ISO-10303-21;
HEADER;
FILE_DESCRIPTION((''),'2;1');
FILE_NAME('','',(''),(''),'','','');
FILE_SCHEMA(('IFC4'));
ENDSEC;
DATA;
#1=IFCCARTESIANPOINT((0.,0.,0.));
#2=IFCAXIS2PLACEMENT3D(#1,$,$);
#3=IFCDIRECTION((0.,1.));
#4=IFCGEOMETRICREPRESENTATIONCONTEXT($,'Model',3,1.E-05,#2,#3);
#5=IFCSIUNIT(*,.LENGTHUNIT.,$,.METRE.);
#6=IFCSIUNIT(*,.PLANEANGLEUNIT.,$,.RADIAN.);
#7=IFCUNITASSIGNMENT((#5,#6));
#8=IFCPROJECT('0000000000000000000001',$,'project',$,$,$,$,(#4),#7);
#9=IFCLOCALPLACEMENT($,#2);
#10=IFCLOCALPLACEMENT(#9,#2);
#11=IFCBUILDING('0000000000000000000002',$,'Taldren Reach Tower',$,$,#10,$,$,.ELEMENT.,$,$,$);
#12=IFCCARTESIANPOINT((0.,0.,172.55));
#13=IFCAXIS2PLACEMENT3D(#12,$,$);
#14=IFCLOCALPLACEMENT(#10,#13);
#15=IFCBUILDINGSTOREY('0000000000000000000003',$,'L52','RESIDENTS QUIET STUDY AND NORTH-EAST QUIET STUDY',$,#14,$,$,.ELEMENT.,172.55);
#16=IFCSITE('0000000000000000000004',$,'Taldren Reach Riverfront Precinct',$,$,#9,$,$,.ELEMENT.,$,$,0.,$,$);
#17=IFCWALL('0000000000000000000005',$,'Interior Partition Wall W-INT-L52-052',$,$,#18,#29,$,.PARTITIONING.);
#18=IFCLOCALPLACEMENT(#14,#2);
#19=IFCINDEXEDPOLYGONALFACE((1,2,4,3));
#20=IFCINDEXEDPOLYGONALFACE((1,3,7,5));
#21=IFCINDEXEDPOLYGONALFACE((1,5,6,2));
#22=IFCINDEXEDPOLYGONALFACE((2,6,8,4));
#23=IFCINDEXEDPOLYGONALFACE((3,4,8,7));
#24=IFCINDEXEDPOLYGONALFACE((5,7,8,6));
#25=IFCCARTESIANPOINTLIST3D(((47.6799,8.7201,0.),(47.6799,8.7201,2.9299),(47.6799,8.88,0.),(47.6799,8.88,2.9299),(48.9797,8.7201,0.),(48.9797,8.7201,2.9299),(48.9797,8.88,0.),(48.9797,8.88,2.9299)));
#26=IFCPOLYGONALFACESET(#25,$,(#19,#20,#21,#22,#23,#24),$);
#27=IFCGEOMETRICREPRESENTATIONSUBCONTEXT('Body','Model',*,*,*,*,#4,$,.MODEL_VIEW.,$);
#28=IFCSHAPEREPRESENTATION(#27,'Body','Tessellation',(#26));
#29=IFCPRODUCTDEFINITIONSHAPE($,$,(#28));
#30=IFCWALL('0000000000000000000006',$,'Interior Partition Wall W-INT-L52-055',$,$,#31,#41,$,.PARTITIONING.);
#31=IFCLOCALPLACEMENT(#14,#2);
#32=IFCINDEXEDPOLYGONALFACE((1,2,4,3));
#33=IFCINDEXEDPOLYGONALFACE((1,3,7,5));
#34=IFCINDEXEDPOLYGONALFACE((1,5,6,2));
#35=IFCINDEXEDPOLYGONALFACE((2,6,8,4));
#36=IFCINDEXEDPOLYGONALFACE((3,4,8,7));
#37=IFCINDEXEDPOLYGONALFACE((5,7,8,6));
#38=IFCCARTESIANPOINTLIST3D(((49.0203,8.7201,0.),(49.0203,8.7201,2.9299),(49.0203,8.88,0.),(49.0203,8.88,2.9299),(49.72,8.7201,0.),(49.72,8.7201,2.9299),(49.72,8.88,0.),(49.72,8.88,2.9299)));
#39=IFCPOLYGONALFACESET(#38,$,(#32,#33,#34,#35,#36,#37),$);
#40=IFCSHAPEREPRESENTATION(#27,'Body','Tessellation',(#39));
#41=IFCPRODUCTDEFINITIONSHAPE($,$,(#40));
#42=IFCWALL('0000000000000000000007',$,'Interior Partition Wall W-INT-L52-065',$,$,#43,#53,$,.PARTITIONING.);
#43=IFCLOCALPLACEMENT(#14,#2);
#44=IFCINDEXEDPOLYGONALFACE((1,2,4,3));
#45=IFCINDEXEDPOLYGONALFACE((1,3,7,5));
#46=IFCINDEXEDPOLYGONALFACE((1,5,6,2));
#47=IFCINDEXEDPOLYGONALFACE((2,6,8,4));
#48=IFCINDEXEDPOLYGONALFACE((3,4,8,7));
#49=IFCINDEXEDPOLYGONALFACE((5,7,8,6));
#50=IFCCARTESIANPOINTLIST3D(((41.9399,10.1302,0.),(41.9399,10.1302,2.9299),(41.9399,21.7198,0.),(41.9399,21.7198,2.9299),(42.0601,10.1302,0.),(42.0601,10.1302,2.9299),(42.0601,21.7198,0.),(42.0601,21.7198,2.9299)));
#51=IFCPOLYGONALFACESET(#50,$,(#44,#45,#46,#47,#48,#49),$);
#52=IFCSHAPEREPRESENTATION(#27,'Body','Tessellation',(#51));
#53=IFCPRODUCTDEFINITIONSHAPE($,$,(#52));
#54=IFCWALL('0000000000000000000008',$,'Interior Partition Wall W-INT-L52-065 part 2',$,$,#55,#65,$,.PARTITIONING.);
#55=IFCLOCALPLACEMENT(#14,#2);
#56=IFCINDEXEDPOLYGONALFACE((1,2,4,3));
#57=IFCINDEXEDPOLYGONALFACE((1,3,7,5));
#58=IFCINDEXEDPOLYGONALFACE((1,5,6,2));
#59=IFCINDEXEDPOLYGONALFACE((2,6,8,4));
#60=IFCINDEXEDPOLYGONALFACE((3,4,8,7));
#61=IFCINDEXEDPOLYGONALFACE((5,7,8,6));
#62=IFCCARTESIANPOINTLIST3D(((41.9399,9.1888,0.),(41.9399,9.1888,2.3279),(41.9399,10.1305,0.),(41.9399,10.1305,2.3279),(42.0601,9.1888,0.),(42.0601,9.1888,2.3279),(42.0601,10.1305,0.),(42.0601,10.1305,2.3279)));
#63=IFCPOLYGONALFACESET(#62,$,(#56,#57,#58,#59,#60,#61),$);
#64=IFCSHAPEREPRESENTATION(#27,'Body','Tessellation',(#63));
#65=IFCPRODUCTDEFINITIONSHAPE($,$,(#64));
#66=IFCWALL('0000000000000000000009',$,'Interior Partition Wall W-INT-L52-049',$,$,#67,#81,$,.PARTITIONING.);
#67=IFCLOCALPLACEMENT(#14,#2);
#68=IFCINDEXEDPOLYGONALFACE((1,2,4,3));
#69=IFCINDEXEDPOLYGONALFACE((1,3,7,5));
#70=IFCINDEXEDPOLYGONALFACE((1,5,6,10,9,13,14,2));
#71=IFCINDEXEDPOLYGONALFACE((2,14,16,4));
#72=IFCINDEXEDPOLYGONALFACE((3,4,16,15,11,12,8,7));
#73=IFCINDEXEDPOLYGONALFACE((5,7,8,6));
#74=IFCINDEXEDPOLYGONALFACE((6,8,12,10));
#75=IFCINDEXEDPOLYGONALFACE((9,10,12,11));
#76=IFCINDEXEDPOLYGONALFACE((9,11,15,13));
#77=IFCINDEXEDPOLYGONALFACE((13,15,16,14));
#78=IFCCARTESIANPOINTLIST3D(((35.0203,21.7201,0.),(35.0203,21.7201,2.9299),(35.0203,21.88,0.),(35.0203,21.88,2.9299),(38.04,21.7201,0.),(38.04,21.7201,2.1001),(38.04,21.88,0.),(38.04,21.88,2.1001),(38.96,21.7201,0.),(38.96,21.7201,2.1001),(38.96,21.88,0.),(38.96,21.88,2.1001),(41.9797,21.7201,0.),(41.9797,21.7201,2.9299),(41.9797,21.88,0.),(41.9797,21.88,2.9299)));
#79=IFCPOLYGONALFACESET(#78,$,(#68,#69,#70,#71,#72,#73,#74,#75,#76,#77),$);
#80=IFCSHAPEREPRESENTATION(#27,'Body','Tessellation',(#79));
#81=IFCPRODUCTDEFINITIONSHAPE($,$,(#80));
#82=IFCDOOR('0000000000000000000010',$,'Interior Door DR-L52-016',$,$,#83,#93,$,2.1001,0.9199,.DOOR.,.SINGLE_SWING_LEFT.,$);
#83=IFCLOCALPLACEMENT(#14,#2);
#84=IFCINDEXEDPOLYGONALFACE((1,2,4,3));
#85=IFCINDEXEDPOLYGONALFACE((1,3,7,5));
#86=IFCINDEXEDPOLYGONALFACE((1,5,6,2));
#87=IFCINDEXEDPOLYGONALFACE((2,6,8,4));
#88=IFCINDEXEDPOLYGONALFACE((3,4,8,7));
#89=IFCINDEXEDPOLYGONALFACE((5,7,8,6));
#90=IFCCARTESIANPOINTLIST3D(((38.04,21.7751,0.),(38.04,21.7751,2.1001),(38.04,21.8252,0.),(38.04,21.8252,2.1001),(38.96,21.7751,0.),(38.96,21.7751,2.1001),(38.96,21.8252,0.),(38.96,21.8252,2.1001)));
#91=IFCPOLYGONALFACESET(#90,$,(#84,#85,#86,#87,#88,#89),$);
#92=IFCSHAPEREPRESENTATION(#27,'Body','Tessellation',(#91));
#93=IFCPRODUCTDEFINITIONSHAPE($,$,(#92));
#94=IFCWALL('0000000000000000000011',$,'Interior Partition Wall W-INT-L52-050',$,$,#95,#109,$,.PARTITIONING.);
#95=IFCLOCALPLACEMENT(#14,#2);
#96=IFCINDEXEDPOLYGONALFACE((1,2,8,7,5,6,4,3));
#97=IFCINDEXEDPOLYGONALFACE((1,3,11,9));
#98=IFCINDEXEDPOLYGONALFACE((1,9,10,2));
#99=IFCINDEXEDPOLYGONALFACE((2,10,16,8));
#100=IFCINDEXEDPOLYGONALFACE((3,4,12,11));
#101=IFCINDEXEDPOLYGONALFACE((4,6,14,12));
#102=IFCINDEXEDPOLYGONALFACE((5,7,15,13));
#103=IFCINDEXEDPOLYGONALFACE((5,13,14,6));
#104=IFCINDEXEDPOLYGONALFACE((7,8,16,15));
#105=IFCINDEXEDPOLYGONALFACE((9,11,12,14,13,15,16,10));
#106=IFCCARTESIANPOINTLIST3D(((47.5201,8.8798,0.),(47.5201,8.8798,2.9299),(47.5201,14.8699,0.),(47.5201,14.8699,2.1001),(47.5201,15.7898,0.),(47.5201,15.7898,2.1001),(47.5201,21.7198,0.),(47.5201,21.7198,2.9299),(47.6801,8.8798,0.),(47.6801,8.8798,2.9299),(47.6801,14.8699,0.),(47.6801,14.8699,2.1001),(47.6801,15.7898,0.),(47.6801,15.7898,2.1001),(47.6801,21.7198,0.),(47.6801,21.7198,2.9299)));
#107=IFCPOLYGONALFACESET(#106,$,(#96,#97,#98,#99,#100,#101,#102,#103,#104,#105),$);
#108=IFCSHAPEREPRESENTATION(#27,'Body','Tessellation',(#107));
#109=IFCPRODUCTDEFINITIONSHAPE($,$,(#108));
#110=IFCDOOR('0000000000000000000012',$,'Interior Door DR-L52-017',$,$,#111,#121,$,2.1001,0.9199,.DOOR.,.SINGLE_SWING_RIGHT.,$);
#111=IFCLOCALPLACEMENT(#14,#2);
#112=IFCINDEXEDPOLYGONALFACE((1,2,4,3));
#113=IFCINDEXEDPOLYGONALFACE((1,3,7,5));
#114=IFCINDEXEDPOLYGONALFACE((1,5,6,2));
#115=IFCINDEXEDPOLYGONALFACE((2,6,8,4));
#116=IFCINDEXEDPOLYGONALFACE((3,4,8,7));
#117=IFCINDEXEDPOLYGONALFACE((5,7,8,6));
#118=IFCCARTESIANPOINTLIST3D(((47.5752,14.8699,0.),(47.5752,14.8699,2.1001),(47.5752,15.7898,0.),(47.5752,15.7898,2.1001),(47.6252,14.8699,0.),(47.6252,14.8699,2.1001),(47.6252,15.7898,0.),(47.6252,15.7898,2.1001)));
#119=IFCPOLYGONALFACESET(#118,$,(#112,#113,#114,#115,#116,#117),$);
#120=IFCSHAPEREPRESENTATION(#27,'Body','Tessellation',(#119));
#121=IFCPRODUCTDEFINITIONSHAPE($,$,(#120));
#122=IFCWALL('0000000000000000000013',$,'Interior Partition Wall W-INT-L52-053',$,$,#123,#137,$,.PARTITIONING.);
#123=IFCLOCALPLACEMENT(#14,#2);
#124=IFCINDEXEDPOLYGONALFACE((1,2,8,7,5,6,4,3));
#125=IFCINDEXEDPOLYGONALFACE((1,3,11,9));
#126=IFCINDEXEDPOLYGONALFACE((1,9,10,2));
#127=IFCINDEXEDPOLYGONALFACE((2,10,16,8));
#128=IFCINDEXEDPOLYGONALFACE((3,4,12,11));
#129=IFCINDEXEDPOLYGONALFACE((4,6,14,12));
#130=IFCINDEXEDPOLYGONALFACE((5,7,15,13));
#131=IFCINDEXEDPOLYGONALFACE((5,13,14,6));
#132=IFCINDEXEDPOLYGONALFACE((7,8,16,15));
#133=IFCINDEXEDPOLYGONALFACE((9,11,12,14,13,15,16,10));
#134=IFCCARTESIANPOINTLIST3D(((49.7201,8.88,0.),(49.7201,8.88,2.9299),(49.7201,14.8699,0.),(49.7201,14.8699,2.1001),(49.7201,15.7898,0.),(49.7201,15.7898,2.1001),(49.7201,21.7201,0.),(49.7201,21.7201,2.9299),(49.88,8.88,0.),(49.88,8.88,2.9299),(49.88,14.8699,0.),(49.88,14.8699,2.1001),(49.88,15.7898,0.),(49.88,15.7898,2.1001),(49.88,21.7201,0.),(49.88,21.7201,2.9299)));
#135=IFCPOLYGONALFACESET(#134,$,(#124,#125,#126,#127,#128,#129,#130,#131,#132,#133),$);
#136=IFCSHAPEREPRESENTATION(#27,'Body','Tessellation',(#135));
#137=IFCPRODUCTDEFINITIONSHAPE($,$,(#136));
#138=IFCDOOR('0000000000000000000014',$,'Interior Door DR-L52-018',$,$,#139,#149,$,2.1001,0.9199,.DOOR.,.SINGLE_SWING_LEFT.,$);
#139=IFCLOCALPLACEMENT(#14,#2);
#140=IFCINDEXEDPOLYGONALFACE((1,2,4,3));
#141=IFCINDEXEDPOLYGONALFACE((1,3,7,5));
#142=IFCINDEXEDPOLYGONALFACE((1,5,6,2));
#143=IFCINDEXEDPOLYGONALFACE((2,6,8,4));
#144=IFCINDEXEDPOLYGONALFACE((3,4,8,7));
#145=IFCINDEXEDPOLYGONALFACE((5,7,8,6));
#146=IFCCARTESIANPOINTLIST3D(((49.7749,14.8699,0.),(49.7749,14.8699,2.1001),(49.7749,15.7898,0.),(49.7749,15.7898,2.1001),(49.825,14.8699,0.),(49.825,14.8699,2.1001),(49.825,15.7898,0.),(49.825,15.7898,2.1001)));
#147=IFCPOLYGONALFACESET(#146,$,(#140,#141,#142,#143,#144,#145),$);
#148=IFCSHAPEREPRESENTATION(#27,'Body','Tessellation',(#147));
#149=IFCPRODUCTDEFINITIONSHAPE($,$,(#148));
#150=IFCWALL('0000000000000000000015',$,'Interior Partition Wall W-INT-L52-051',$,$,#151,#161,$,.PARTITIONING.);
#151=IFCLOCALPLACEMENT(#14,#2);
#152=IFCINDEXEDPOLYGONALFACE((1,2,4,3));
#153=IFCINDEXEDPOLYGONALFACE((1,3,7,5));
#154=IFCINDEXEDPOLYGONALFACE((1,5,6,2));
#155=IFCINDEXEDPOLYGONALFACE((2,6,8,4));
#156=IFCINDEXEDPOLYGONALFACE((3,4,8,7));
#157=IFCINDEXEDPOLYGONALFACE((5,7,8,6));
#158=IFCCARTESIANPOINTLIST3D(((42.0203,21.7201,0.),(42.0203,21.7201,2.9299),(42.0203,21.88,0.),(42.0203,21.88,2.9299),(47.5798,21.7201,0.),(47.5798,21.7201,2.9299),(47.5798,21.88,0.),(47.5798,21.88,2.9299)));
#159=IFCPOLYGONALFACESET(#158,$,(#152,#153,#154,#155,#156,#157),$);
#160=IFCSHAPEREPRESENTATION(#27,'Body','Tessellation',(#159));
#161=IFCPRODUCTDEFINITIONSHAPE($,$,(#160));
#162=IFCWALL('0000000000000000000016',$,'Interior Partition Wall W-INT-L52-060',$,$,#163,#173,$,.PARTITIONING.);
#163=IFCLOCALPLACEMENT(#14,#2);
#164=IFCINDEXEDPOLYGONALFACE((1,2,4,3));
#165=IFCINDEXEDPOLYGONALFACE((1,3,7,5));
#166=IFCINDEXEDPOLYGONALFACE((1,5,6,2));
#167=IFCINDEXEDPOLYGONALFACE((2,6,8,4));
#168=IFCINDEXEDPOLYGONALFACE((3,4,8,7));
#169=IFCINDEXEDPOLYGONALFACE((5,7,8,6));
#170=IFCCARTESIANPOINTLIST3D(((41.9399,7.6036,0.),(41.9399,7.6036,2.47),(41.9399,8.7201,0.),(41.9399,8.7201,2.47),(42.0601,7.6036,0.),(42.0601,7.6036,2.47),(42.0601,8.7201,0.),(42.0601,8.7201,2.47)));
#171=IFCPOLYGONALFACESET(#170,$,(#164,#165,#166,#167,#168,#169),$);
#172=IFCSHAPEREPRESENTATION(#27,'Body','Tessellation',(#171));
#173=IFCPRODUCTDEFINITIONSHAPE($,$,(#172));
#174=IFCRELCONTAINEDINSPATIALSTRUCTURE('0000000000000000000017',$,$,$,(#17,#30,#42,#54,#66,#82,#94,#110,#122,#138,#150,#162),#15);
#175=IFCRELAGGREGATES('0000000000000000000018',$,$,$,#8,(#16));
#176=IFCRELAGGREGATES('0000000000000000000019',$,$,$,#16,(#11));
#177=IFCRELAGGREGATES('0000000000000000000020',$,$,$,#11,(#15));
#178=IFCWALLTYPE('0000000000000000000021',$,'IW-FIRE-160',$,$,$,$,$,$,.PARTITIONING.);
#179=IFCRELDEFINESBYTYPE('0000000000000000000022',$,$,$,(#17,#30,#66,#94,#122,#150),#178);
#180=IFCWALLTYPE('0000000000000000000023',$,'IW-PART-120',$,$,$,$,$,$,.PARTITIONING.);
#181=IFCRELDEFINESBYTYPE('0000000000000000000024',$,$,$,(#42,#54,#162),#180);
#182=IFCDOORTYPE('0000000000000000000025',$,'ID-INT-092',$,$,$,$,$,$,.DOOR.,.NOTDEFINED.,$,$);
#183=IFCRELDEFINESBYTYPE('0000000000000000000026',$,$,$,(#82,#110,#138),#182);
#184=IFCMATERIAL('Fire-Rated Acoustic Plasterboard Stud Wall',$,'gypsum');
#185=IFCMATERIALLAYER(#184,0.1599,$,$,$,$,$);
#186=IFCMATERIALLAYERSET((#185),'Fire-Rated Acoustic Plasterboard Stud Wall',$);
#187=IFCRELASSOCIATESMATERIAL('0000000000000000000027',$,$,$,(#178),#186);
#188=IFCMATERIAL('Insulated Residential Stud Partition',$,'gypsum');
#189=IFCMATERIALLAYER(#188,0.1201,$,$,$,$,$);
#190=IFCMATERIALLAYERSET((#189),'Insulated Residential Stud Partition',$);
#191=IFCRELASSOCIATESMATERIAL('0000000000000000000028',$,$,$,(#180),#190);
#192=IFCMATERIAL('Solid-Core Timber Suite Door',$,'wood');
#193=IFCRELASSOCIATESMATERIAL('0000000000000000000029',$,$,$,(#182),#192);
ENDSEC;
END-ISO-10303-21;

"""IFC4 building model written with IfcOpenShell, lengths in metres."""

from ifc_helpers import new_model, si_unit, direction, frame, frame_2d, origin, place, context, subcontext, project, spatial, rectangle, extrude, source, transform, mapped, material, layer, layer_set, type_object, element, fill, save


model = new_model("IFC4")

# Units and contexts
model_context = context("Model", 3, precision=1e-05, world=origin(), true_north=direction((0.0, 1.0)))
body_context = subcontext(model_context, "Body", "Model", "MODEL_VIEW")
ifc_project = project(units=[si_unit("LENGTHUNIT", "METRE"), si_unit("PLANEANGLEUNIT", "RADIAN")], contexts=[model_context])

# Site, building, storey
site_placement = place(None, origin())
site = spatial("IfcSite", under=ifc_project, at=site_placement, Name="Taldren Reach Riverfront Precinct", CompositionType="ELEMENT", RefElevation=0.0)
building_placement = place(site_placement, origin())
building = spatial("IfcBuilding", under=site, at=building_placement, Name="Taldren Reach Tower", CompositionType="ELEMENT")
storey_placement = place(building_placement, frame((0.0, 0.0, 172.55)))
storey = spatial("IfcBuildingStorey", under=building, at=storey_placement, Name="L52", Description="RESIDENTS QUIET STUDY AND NORTH-EAST QUIET STUDY", CompositionType="ELEMENT", Elevation=172.55)

# Walls
ifc_material_1 = material(Name="Fire-Rated Acoustic Plasterboard Stud Wall", Category="gypsum")
ifc_layer_1 = layer(ifc_material_1, 0.1599)
ifc_layer_set_1 = layer_set([ifc_layer_1], Name="Fire-Rated Acoustic Plasterboard Stud Wall")
wall_type_1 = type_object("IfcWallType", Name="IW-FIRE-160", PredefinedType="PARTITIONING", material=ifc_layer_set_1)
shared_shape_1 = source(origin(), body_context, "Body", "SweptSolid", [
    extrude(rectangle(XDim=1.2998, YDim=0.1599, at=frame_2d((0.6499, 0.0))), origin(), (0.0, 0.0, 1.0), 2.9299),
])
wall_1_placement = place(storey_placement, frame((48.9797, 8.8, 0.0), z_axis=(0.0, 0.0, 1.0), x_axis=(-1.0, 0.0, 0.0)))
element("IfcWall", 1, at=wall_1_placement, inside=storey, type_object=wall_type_1, Name="Interior Partition Wall W-INT-L52-052", PredefinedType="PARTITIONING", context=body_context, shape_type="MappedRepresentation", body=[
    mapped(shared_shape_1, transform((0.0, 0.0, 0.0), scale=1.0)),
])
shared_shape_2 = source(origin(), body_context, "Body", "SweptSolid", [
    extrude(rectangle(XDim=0.6997, YDim=0.1599, at=frame_2d((0.3499, 0.0))), origin(), (0.0, 0.0, 1.0), 2.9299),
])
wall_2_placement = place(storey_placement, frame((49.72, 8.8, 0.0), z_axis=(0.0, 0.0, 1.0), x_axis=(-1.0, 0.0, 0.0)))
element("IfcWall", 2, at=wall_2_placement, inside=storey, type_object=wall_type_1, Name="Interior Partition Wall W-INT-L52-055", PredefinedType="PARTITIONING", context=body_context, shape_type="MappedRepresentation", body=[
    mapped(shared_shape_2, transform((0.0, 0.0, 0.0), scale=1.0)),
])
ifc_material_2 = material(Name="Insulated Residential Stud Partition", Category="gypsum")
ifc_layer_2 = layer(ifc_material_2, 0.1201)
ifc_layer_set_2 = layer_set([ifc_layer_2], Name="Insulated Residential Stud Partition")
wall_type_2 = type_object("IfcWallType", Name="IW-PART-120", PredefinedType="PARTITIONING", material=ifc_layer_set_2)
shared_shape_3 = source(origin(), body_context, "Body", "SweptSolid", [
    extrude(rectangle(XDim=11.5896, YDim=0.1201, at=frame_2d((5.7949, 0.0))), origin(), (0.0, 0.0, 1.0), 2.9299),
])
wall_3_placement = place(storey_placement, frame((42.0, 21.72, 0.0), z_axis=(0.0, 0.0, 1.0), x_axis=(0.0, -1.0, 0.0)))
element("IfcWall", 3, at=wall_3_placement, inside=storey, type_object=wall_type_2, Name="Interior Partition Wall W-INT-L52-065", PredefinedType="PARTITIONING", context=body_context, shape_type="MappedRepresentation", body=[
    mapped(shared_shape_3, transform((0.0, 0.0, 0.0), scale=1.0)),
])
shared_shape_4 = source(origin(), body_context, "Body", "SweptSolid", [
    extrude(rectangle(XDim=0.9417, YDim=0.1201, at=frame_2d((0.4707, 0.0))), origin(), (0.0, 0.0, 1.0), 2.3279),
])
wall_4_placement = place(storey_placement, frame((42.0, 10.1304, 0.0), z_axis=(0.0, 0.0, 1.0), x_axis=(0.0, -1.0, 0.0)))
element("IfcWall", 4, at=wall_4_placement, inside=storey, type_object=wall_type_2, Name="Interior Partition Wall W-INT-L52-065 part 2", PredefinedType="PARTITIONING", context=body_context, shape_type="MappedRepresentation", body=[
    mapped(shared_shape_4, transform((0.0, 0.0, 0.0), scale=1.0)),
])

# Walls, openings, doors
shared_shape_5 = source(origin(), body_context, "Body", "SweptSolid", [
    extrude(rectangle(XDim=6.9595, YDim=0.1599, at=frame_2d((3.4797, 0.0))), origin(), (0.0, 0.0, 1.0), 2.9299),
])
wall_5_placement = place(storey_placement, frame((41.9797, 21.8, 0.0), z_axis=(0.0, 0.0, 1.0), x_axis=(-1.0, 0.0, 0.0)))
wall_5 = element("IfcWall", 5, at=wall_5_placement, inside=storey, type_object=wall_type_1, Name="Interior Partition Wall W-INT-L52-049", PredefinedType="PARTITIONING", context=body_context, shape_type="MappedRepresentation", body=[
    mapped(shared_shape_5, transform((0.0, 0.0, 0.0), scale=1.0)),
])
shared_shape_6 = source(origin(), body_context, "Body", "SweptSolid", [
    extrude(rectangle(XDim=0.9199, YDim=2.1001, at=frame_2d((0.46, 1.05))), frame((0.0, 0.0898, 0.0), z_axis=(0.0, -1.0, 0.0), x_axis=(1.0, 0.0, 0.0)), (0.0, 0.0, 1.0), 0.1799),
])
opening_1_placement = place(wall_5_placement, frame((3.0198, 0.0, 0.0)))
opening_1 = element("IfcOpeningElement", 6, at=opening_1_placement, cuts=wall_5, PredefinedType="OPENING", context=body_context, shape_type="MappedRepresentation", body=[
    mapped(shared_shape_6, transform((0.0, 0.0, 0.0), scale=1.0)),
])
ifc_material_3 = material(Name="Solid-Core Timber Suite Door", Category="wood")
door_type = type_object("IfcDoorType", Name="ID-INT-092", OperationType="NOTDEFINED", PredefinedType="DOOR", material=ifc_material_3)
shared_shape_7 = source(origin(), body_context, "Body", "SweptSolid", [
    extrude(rectangle(XDim=0.9199, YDim=2.1001, at=frame_2d((0.46, 1.05))), frame((0.0, 0.0249, 0.0), z_axis=(0.0, -1.0, 0.0), x_axis=(1.0, 0.0, 0.0)), (0.0, 0.0, 1.0), 0.05),
])
door_1_placement = place(opening_1_placement, origin())
door_1 = element("IfcDoor", 7, at=door_1_placement, inside=storey, type_object=door_type, Name="Interior Door DR-L52-016", OperationType="SINGLE_SWING_LEFT", OverallHeight=2.1001, OverallWidth=0.9199, PredefinedType="DOOR", context=body_context, shape_type="MappedRepresentation", body=[
    mapped(shared_shape_7, transform((0.0, 0.0, 0.0), scale=1.0)),
])
fill(opening_1, door_1)
shared_shape_8 = source(origin(), body_context, "Body", "SweptSolid", [
    extrude(rectangle(XDim=12.8401, YDim=0.1599, at=frame_2d((6.4199, 0.0))), origin(), (0.0, 0.0, 1.0), 2.9299),
])
wall_6_placement = place(storey_placement, frame((47.6001, 8.8799, 0.0), z_axis=(0.0, 0.0, 1.0), x_axis=(0.0, 1.0, 0.0)))
wall_6 = element("IfcWall", 8, at=wall_6_placement, inside=storey, type_object=wall_type_1, Name="Interior Partition Wall W-INT-L52-050", PredefinedType="PARTITIONING", context=body_context, shape_type="MappedRepresentation", body=[
    mapped(shared_shape_8, transform((0.0, 0.0, 0.0), scale=1.0)),
])
opening_2_placement = place(wall_6_placement, frame((5.99, 0.0, 0.0)))
opening_2 = element("IfcOpeningElement", 9, at=opening_2_placement, cuts=wall_6, PredefinedType="OPENING", context=body_context, shape_type="MappedRepresentation", body=[
    mapped(shared_shape_6, transform((0.0, 0.0, 0.0), scale=1.0)),
])
door_2_placement = place(opening_2_placement, origin())
door_2 = element("IfcDoor", 10, at=door_2_placement, inside=storey, type_object=door_type, Name="Interior Door DR-L52-017", OperationType="SINGLE_SWING_RIGHT", OverallHeight=2.1001, OverallWidth=0.9199, PredefinedType="DOOR", context=body_context, shape_type="MappedRepresentation", body=[
    mapped(shared_shape_7, transform((0.0, 0.0, 0.0), scale=1.0)),
])
fill(opening_2, door_2)
wall_7_placement = place(storey_placement, frame((49.8, 21.72, 0.0), z_axis=(0.0, 0.0, 1.0), x_axis=(0.0, -1.0, 0.0)))
wall_7 = element("IfcWall", 11, at=wall_7_placement, inside=storey, type_object=wall_type_1, Name="Interior Partition Wall W-INT-L52-053", PredefinedType="PARTITIONING", context=body_context, shape_type="MappedRepresentation", body=[
    mapped(shared_shape_8, transform((0.0, 0.0, 0.0), scale=1.0)),
])
opening_3_placement = place(wall_7_placement, frame((5.9302, 0.0, 0.0)))
opening_3 = element("IfcOpeningElement", 12, at=opening_3_placement, cuts=wall_7, PredefinedType="OPENING", context=body_context, shape_type="MappedRepresentation", body=[
    mapped(shared_shape_6, transform((0.0, 0.0, 0.0), scale=1.0)),
])
door_3_placement = place(opening_3_placement, origin())
door_3 = element("IfcDoor", 13, at=door_3_placement, inside=storey, type_object=door_type, Name="Interior Door DR-L52-018", OperationType="SINGLE_SWING_LEFT", OverallHeight=2.1001, OverallWidth=0.9199, PredefinedType="DOOR", context=body_context, shape_type="MappedRepresentation", body=[
    mapped(shared_shape_7, transform((0.0, 0.0, 0.0), scale=1.0)),
])
fill(opening_3, door_3)

# Walls
shared_shape_9 = source(origin(), body_context, "Body", "SweptSolid", [
    extrude(rectangle(XDim=5.5596, YDim=0.1599, at=frame_2d((2.7798, 0.0))), origin(), (0.0, 0.0, 1.0), 2.9299),
])
wall_8_placement = place(storey_placement, frame((47.5798, 21.8, 0.0), z_axis=(0.0, 0.0, 1.0), x_axis=(-1.0, 0.0, 0.0)))
element("IfcWall", 14, at=wall_8_placement, inside=storey, type_object=wall_type_1, Name="Interior Partition Wall W-INT-L52-051", PredefinedType="PARTITIONING", context=body_context, shape_type="MappedRepresentation", body=[
    mapped(shared_shape_9, transform((0.0, 0.0, 0.0), scale=1.0)),
])
shared_shape_10 = source(origin(), body_context, "Body", "SweptSolid", [
    extrude(rectangle(XDim=1.1165, YDim=0.1201, at=frame_2d((0.5581, 0.0))), origin(), (0.0, 0.0, 1.0), 2.47),
])
wall_9_placement = place(storey_placement, frame((42.0, 8.72, 0.0), z_axis=(0.0, 0.0, 1.0), x_axis=(0.0, -1.0, 0.0)))
element("IfcWall", 15, at=wall_9_placement, inside=storey, type_object=wall_type_2, Name="Interior Partition Wall W-INT-L52-060", PredefinedType="PARTITIONING", context=body_context, shape_type="MappedRepresentation", body=[
    mapped(shared_shape_10, transform((0.0, 0.0, 0.0), scale=1.0)),
])

save(model, "model.ifc")
